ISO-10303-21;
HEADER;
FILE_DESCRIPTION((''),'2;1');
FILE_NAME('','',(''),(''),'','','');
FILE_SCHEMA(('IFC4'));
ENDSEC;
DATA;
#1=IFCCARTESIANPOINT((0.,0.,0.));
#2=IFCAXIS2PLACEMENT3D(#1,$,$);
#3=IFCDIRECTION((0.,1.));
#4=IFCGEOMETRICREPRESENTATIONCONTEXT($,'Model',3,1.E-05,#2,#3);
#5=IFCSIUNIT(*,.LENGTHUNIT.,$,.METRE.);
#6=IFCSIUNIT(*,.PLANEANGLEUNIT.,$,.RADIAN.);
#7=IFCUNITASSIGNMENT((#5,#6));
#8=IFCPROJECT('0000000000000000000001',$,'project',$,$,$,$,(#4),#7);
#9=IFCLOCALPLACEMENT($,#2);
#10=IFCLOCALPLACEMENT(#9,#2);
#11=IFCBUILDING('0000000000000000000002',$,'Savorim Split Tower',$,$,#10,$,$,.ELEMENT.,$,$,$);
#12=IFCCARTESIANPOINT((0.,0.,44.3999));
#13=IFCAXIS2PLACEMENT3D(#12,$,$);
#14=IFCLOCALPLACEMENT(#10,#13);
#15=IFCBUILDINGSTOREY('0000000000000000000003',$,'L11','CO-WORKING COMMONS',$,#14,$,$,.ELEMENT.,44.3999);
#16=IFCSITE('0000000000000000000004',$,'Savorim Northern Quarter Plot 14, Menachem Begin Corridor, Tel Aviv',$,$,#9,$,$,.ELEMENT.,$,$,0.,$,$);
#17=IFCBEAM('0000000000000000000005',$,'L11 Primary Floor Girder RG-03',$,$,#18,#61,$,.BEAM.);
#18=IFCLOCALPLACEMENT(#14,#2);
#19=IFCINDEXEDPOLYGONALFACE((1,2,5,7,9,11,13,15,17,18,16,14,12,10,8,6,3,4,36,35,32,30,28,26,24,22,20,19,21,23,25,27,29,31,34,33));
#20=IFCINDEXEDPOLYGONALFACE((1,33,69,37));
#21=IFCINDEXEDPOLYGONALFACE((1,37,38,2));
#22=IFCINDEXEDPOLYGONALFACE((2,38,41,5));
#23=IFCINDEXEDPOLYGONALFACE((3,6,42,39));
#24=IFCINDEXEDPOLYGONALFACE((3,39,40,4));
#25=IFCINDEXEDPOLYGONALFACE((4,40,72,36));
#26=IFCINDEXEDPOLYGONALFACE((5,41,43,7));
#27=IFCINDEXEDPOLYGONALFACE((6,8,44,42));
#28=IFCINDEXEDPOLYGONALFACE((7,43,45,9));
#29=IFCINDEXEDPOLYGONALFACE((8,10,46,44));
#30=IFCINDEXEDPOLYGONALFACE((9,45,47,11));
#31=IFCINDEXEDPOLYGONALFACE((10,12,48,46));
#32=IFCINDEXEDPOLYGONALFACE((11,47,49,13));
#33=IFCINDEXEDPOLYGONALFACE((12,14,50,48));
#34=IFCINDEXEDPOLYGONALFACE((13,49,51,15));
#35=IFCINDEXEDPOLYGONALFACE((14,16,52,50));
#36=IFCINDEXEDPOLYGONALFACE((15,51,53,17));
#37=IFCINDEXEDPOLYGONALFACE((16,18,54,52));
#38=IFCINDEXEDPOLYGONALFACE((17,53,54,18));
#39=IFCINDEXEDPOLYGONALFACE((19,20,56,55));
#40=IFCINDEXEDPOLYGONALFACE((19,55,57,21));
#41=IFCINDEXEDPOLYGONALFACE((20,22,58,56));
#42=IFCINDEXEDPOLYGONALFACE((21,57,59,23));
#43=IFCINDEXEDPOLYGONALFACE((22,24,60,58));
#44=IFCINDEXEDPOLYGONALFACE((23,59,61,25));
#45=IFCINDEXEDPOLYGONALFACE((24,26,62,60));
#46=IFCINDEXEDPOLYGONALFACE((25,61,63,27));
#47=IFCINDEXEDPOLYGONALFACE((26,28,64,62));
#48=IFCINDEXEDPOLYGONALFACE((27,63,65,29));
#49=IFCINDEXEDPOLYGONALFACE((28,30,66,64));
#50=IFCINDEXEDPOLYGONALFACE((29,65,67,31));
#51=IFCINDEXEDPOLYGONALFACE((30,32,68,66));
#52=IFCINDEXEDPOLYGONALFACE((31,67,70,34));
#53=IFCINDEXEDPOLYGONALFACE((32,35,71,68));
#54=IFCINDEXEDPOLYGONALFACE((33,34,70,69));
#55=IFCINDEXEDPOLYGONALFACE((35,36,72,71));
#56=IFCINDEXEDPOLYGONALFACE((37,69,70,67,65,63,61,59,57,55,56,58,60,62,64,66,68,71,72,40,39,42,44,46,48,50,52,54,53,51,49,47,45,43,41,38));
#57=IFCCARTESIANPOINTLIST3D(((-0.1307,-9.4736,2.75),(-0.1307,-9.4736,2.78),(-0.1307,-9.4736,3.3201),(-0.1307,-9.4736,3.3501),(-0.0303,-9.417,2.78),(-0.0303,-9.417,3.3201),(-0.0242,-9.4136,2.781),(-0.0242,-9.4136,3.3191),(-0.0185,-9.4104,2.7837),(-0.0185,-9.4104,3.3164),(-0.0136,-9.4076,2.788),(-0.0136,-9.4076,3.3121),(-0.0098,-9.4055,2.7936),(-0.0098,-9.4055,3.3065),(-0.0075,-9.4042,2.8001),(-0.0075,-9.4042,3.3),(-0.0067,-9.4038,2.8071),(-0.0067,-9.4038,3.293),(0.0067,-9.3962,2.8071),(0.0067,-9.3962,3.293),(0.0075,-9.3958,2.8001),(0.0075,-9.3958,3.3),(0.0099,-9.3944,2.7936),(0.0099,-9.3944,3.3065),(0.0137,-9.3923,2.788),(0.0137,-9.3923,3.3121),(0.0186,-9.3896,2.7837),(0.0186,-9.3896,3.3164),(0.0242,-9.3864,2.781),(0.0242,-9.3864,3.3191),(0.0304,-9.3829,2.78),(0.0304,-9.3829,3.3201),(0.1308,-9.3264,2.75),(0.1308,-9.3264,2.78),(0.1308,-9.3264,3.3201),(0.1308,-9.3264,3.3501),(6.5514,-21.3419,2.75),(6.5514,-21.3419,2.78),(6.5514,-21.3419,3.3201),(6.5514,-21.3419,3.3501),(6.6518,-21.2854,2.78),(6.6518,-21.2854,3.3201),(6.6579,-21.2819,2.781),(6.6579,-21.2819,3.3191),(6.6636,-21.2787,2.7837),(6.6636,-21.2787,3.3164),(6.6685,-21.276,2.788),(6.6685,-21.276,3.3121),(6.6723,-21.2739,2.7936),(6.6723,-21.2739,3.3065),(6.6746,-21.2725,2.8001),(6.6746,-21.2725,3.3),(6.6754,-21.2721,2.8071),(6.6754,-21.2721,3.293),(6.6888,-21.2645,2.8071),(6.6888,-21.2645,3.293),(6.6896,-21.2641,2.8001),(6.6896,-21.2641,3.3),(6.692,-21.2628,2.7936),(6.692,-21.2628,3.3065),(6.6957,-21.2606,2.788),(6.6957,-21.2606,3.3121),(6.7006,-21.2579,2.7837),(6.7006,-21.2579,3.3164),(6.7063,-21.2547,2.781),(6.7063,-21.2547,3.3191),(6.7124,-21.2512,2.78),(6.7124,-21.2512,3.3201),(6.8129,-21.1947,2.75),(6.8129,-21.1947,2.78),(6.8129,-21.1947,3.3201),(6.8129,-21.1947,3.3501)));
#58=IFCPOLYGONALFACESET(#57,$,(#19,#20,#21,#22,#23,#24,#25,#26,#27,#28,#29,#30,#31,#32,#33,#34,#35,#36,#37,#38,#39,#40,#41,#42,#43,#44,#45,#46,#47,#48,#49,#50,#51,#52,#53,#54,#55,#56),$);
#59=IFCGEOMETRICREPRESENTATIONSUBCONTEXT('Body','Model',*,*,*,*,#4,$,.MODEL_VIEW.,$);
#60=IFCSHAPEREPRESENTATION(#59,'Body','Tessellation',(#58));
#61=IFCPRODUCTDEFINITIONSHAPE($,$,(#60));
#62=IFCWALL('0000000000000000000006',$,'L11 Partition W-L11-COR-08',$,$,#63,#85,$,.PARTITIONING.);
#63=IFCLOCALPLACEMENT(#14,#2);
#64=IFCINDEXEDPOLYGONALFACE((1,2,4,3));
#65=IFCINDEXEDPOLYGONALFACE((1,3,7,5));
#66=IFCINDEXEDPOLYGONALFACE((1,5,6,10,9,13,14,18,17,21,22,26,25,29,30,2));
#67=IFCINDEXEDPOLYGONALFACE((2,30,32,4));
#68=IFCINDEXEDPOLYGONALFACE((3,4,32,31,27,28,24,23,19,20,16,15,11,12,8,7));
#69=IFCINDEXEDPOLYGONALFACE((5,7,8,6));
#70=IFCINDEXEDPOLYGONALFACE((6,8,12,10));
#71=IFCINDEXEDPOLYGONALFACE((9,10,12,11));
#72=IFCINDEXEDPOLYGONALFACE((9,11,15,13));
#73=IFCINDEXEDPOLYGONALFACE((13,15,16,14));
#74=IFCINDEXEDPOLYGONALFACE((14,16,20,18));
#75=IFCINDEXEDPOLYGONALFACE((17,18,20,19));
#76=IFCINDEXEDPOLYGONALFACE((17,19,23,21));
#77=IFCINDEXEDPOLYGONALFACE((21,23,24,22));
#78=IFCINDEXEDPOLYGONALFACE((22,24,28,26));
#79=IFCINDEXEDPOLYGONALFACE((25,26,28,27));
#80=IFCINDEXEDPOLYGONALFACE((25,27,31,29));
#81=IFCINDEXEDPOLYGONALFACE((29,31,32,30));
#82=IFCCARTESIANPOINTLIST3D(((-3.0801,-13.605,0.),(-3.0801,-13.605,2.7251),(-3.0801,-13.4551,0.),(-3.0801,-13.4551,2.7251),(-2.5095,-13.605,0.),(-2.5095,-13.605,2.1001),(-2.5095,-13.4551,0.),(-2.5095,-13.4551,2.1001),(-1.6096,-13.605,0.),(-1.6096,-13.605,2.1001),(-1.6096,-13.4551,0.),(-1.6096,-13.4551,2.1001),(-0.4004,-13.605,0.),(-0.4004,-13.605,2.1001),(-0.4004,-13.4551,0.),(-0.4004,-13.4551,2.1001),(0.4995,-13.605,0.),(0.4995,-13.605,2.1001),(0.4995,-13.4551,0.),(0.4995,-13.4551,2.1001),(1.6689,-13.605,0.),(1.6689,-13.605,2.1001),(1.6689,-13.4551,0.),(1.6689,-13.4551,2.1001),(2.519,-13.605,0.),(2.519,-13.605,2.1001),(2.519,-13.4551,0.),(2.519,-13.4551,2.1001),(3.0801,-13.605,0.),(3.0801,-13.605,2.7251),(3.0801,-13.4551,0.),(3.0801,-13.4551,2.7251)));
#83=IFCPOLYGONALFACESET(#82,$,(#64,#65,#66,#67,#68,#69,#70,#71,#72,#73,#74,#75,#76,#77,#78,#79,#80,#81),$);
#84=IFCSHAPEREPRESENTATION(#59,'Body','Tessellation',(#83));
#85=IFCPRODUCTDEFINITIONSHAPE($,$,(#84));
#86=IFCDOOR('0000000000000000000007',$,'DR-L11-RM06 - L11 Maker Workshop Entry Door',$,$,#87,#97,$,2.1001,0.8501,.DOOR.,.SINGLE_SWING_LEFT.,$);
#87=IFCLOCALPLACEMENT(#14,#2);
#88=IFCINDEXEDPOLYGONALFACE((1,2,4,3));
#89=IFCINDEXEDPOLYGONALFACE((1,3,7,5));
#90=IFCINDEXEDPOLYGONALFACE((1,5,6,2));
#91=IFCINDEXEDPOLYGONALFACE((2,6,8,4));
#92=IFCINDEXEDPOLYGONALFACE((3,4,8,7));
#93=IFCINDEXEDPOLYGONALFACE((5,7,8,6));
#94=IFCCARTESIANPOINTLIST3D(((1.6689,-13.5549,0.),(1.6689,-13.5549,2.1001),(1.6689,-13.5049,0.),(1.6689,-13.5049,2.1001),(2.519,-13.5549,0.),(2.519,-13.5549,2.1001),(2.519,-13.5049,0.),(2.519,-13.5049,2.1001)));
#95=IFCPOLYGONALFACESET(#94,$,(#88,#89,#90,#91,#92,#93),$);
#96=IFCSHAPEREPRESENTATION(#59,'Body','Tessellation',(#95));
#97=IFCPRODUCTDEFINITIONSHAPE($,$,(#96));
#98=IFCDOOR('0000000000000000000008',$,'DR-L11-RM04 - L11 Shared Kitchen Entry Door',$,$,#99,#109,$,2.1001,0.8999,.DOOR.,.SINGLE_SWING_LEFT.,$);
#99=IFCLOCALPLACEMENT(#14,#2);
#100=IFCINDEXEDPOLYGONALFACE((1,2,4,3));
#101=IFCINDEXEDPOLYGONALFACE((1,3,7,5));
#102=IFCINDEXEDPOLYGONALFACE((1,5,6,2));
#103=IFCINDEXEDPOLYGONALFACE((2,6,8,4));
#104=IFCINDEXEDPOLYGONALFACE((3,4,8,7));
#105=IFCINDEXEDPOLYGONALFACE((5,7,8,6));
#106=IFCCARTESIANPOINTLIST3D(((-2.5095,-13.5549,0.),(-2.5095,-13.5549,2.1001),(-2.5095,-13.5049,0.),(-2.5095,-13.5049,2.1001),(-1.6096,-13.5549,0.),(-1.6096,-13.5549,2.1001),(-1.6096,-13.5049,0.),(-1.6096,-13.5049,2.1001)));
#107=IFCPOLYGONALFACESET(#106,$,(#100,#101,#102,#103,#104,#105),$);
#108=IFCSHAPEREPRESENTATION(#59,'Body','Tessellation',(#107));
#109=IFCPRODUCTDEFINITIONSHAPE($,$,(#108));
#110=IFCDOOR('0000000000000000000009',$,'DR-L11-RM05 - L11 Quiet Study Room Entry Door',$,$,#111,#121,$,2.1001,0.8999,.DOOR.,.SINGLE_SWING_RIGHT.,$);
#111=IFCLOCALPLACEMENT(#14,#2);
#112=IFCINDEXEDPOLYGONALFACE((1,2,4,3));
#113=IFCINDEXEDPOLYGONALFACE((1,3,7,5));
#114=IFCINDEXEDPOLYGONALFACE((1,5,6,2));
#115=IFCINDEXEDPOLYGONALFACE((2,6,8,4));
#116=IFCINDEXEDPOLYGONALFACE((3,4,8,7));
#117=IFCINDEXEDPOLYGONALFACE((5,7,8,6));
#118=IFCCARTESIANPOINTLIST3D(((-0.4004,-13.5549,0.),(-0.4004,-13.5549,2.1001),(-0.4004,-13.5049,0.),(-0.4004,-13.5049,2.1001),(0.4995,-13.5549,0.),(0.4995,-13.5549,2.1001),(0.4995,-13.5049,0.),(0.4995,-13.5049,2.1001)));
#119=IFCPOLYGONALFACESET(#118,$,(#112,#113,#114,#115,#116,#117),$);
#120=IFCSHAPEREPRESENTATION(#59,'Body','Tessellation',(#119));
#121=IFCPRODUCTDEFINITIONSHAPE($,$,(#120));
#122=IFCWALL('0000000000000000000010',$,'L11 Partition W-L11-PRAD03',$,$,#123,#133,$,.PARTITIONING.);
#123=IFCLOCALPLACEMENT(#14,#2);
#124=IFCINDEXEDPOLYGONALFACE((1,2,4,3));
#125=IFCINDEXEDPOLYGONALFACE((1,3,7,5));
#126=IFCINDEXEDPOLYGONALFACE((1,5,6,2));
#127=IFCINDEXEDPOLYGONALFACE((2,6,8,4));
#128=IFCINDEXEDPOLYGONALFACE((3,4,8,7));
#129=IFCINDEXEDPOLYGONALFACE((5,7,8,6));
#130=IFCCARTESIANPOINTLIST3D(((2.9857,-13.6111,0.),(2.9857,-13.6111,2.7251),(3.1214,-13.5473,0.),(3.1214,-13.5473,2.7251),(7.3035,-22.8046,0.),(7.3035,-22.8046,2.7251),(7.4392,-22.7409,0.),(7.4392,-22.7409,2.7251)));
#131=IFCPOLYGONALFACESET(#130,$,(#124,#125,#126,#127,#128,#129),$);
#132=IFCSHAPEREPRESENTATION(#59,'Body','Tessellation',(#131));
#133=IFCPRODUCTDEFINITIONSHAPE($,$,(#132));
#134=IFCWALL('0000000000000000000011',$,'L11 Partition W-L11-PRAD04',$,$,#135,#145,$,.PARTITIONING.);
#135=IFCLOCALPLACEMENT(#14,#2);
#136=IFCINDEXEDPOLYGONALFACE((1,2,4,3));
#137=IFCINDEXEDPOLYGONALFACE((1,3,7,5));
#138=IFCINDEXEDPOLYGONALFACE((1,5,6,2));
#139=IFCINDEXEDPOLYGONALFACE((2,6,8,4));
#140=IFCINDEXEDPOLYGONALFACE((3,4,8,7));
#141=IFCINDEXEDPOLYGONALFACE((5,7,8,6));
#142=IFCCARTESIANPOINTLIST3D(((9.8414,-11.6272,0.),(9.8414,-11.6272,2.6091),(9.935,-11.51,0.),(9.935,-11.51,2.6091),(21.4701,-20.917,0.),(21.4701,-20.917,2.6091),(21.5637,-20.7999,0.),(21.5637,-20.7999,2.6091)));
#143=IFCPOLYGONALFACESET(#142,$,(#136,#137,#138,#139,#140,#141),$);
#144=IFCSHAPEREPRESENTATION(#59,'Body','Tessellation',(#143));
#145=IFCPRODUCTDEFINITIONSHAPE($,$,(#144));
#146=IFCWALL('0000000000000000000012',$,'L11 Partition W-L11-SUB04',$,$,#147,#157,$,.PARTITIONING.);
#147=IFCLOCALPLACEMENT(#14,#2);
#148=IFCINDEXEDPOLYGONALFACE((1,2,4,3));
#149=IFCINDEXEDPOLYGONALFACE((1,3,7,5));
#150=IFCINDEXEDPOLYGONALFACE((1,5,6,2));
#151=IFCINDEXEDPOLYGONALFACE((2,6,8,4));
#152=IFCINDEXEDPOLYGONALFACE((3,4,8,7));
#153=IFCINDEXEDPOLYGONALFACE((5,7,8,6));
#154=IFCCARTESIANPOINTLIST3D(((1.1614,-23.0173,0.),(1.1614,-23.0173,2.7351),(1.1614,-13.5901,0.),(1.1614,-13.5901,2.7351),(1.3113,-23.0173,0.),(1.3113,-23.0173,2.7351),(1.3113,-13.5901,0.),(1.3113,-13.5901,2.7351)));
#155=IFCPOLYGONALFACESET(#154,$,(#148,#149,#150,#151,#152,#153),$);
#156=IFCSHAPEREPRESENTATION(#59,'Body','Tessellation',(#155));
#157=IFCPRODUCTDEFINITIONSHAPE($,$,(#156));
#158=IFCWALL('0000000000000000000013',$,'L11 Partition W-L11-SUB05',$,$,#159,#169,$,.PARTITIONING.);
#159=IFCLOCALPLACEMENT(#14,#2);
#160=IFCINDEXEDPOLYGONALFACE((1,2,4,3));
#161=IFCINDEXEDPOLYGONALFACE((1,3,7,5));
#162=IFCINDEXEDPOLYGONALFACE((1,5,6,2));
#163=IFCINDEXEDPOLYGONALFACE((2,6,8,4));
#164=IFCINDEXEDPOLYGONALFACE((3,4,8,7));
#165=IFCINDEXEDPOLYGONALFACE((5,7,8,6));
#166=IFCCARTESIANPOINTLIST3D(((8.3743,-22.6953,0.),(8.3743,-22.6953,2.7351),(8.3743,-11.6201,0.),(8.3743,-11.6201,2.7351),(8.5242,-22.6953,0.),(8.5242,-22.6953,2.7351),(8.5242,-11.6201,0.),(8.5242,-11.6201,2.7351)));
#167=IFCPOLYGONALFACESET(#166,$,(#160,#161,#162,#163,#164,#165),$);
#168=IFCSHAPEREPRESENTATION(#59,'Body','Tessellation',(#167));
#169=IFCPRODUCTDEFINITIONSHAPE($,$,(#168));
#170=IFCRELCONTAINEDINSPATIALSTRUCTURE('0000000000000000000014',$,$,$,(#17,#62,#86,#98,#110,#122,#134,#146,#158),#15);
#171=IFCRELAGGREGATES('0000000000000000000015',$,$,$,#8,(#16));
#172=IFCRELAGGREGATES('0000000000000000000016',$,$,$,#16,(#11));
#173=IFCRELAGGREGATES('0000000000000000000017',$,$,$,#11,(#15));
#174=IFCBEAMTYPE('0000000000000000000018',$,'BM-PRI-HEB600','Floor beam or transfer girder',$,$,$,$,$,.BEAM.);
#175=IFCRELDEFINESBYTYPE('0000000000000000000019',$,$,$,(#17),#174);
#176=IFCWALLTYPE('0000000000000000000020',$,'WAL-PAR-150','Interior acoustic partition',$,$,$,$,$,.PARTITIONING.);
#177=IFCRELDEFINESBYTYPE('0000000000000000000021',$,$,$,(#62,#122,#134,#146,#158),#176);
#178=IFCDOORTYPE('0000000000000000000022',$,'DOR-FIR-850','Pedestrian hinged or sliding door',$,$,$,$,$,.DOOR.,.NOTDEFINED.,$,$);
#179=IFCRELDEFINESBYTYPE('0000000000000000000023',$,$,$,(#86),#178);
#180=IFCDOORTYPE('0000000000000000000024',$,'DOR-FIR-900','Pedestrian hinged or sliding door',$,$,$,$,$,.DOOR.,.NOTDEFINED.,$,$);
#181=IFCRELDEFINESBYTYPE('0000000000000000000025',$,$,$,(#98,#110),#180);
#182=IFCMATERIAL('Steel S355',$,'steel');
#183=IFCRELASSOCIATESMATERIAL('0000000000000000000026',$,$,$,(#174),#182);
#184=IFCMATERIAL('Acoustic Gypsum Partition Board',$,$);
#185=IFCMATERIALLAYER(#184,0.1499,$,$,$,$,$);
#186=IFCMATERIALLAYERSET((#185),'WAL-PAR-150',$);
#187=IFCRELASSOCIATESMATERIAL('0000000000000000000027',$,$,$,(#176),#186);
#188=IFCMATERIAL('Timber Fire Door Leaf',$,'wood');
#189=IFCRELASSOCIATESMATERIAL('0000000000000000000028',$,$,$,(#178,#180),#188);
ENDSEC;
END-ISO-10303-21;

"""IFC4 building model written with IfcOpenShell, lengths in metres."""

from ifc_helpers import new_model, si_unit, direction, frame, frame_2d, origin, origin_2d, place, context, subcontext, project, spatial, rectangle, i_section, extrude, material, layer, layer_set, material_profile, profile_set, type_object, element, fill, save


model = new_model("IFC4")

# Units and contexts
model_context = context("Model", 3, precision=1e-05, world=origin(), true_north=direction((0.0, 1.0)))
body_context = subcontext(model_context, "Body", "Model", "MODEL_VIEW")
ifc_project = project(units=[si_unit("LENGTHUNIT", "METRE"), si_unit("PLANEANGLEUNIT", "RADIAN")], contexts=[model_context])

# Site, building, storey
site_placement = place(None, origin())
site = spatial("IfcSite", under=ifc_project, at=site_placement, Name="Savorim Northern Quarter Plot 14, Menachem Begin Corridor, Tel Aviv", CompositionType="ELEMENT", RefElevation=0.0)
building_placement = place(site_placement, origin())
building = spatial("IfcBuilding", under=site, at=building_placement, Name="Savorim Split Tower", CompositionType="ELEMENT")
storey_placement = place(building_placement, frame((0.0, 0.0, 44.3999)))
storey = spatial("IfcBuildingStorey", under=building, at=storey_placement, Name="L11", Description="CO-WORKING COMMONS", CompositionType="ELEMENT", Elevation=44.3999)

# Beam
ifc_material_1 = material(Name="Steel S355", Category="steel")
ifc_material_profile_1 = material_profile(ifc_material_1, i_section(OverallWidth=0.3, OverallDepth=0.6001, WebThickness=0.0154, FlangeThickness=0.03, FilletRadius=0.0271, at=origin_2d()), Name="HEB 600")
ifc_profile_set_1 = profile_set([ifc_material_profile_1], Name="Steel S355")
beam_type_1 = type_object("IfcBeamType", Name="BM-PRI-HEB600", Description="Floor beam or transfer girder", PredefinedType="BEAM", material=ifc_profile_set_1)
beam_1_placement = place(storey_placement, frame((6.6821, -21.2683, 3.05), z_axis=(-0.490604, 0.871383, 0.0), x_axis=(-0.871383, -0.490604, 0.0)))
element("IfcBeam", 1, at=beam_1_placement, inside=storey, type_object=beam_type_1, Name="L11 Primary Floor Girder RG-03", PredefinedType="BEAM", context=body_context, shape_type="SweptSolid", body=[
    extrude(i_section(OverallWidth=0.3, OverallDepth=0.6001, WebThickness=0.0154, FlangeThickness=0.03, FilletRadius=0.0271, at=origin_2d()), origin(), (0.0, 0.0, 1.0), 13.6201),
])

# Wall, openings, doors
ifc_material_2 = material(Name="Acoustic Gypsum Partition Board")
ifc_layer = layer(ifc_material_2, 0.1499)
ifc_layer_set = layer_set([ifc_layer], Name="WAL-PAR-150")
wall_type = type_object("IfcWallType", Name="WAL-PAR-150", Description="Interior acoustic partition", PredefinedType="PARTITIONING", material=ifc_layer_set)
wall_1_placement = place(storey_placement, frame((3.0801, -13.53, 0.0), z_axis=(0.0, 0.0, 1.0), x_axis=(-1.0, 0.0, 0.0)))
wall_1 = element("IfcWall", 2, at=wall_1_placement, inside=storey, type_object=wall_type, Name="L11 Partition W-L11-COR-08", PredefinedType="PARTITIONING", context=body_context, shape_type="SweptSolid", body=[
    extrude(rectangle(XDim=6.1602, YDim=0.1499, at=frame_2d((3.0801, 0.0))), origin(), (0.0, 0.0, 1.0), 2.7251),
])
opening_1_placement = place(wall_1_placement, frame((4.6897, 0.0, 0.0)))
opening_1 = element("IfcOpeningElement", 3, at=opening_1_placement, cuts=wall_1, PredefinedType="OPENING", context=body_context, shape_type="SweptSolid", body=[
    extrude(rectangle(XDim=0.8999, YDim=2.1001, at=frame_2d((0.45, 1.05))), frame((0.0, 0.085, 0.0), z_axis=(0.0, -1.0, 0.0), x_axis=(1.0, 0.0, 0.0)), (0.0, 0.0, 1.0), 0.1699),
])
opening_2_placement = place(wall_1_placement, frame((2.5806, 0.0, 0.0)))
opening_2 = element("IfcOpeningElement", 4, at=opening_2_placement, cuts=wall_1, PredefinedType="OPENING", context=body_context, shape_type="SweptSolid", body=[
    extrude(rectangle(XDim=0.8999, YDim=2.1001, at=frame_2d((0.45, 1.05))), frame((0.0, 0.085, 0.0), z_axis=(0.0, -1.0, 0.0), x_axis=(1.0, 0.0, 0.0)), (0.0, 0.0, 1.0), 0.1699),
])
opening_3_placement = place(wall_1_placement, frame((0.561, 0.0, 0.0)))
opening_3 = element("IfcOpeningElement", 5, at=opening_3_placement, cuts=wall_1, PredefinedType="OPENING", context=body_context, shape_type="SweptSolid", body=[
    extrude(rectangle(XDim=0.8501, YDim=2.1001, at=frame_2d((0.425, 1.05))), frame((0.0, 0.085, 0.0), z_axis=(0.0, -1.0, 0.0), x_axis=(1.0, 0.0, 0.0)), (0.0, 0.0, 1.0), 0.1699),
])
ifc_material_3 = material(Name="Timber Fire Door Leaf", Category="wood")
door_type_1 = type_object("IfcDoorType", Name="DOR-FIR-850", Description="Pedestrian hinged or sliding door", OperationType="NOTDEFINED", PredefinedType="DOOR", material=ifc_material_3)
door_1_placement = place(opening_3_placement, origin())
door_1 = element("IfcDoor", 6, at=door_1_placement, inside=storey, type_object=door_type_1, Name="DR-L11-RM06 - L11 Maker Workshop Entry Door", OperationType="SINGLE_SWING_LEFT", OverallHeight=2.1001, OverallWidth=0.8501, PredefinedType="DOOR", context=body_context, shape_type="SweptSolid", body=[
    extrude(rectangle(XDim=0.8501, YDim=2.1001, at=frame_2d((0.425, 1.05))), frame((0.0, 0.0249, 0.0), z_axis=(0.0, -1.0, 0.0), x_axis=(1.0, 0.0, 0.0)), (0.0, 0.0, 1.0), 0.05),
])
fill(opening_3, door_1)
door_type_2 = type_object("IfcDoorType", Name="DOR-FIR-900", Description="Pedestrian hinged or sliding door", OperationType="NOTDEFINED", PredefinedType="DOOR", material=ifc_material_3)
door_2_placement = place(opening_1_placement, origin())
door_2 = element("IfcDoor", 7, at=door_2_placement, inside=storey, type_object=door_type_2, Name="DR-L11-RM04 - L11 Shared Kitchen Entry Door", OperationType="SINGLE_SWING_LEFT", OverallHeight=2.1001, OverallWidth=0.8999, PredefinedType="DOOR", context=body_context, shape_type="SweptSolid", body=[
    extrude(rectangle(XDim=0.8999, YDim=2.1001, at=frame_2d((0.45, 1.05))), frame((0.0, 0.0249, 0.0), z_axis=(0.0, -1.0, 0.0), x_axis=(1.0, 0.0, 0.0)), (0.0, 0.0, 1.0), 0.05),
])
fill(opening_1, door_2)
door_3_placement = place(opening_2_placement, origin())
door_3 = element("IfcDoor", 8, at=door_3_placement, inside=storey, type_object=door_type_2, Name="DR-L11-RM05 - L11 Quiet Study Room Entry Door", OperationType="SINGLE_SWING_RIGHT", OverallHeight=2.1001, OverallWidth=0.8999, PredefinedType="DOOR", context=body_context, shape_type="SweptSolid", body=[
    extrude(rectangle(XDim=0.8999, YDim=2.1001, at=frame_2d((0.45, 1.05))), frame((0.0, 0.0249, 0.0), z_axis=(0.0, -1.0, 0.0), x_axis=(1.0, 0.0, 0.0)), (0.0, 0.0, 1.0), 0.05),
])
fill(opening_2, door_3)

# Walls
wall_2_placement = place(storey_placement, frame((3.0535, -13.5791, 0.0), z_axis=(0.0, 0.0, 1.0), x_axis=(0.425109, -0.905142, 0.0)))
element("IfcWall", 9, at=wall_2_placement, inside=storey, type_object=wall_type, Name="L11 Partition W-L11-PRAD03", PredefinedType="PARTITIONING", context=body_context, shape_type="SweptSolid", body=[
    extrude(rectangle(XDim=10.157, YDim=0.1499, at=frame_2d((5.0786, 0.0))), origin(), (0.0, 0.0, 1.0), 2.7251),
])
wall_3_placement = place(storey_placement, frame((9.8882, -11.5686, 0.0), z_axis=(0.0, 0.0, 1.0), x_axis=(0.781299, -0.624157, 0.0)))
element("IfcWall", 10, at=wall_3_placement, inside=storey, type_object=wall_type, Name="L11 Partition W-L11-PRAD04", PredefinedType="PARTITIONING", context=body_context, shape_type="SweptSolid", body=[
    extrude(rectangle(XDim=14.8838, YDim=0.1499, at=frame_2d((7.4419, 0.0))), origin(), (0.0, 0.0, 1.0), 2.6091),
])
wall_4_placement = place(storey_placement, frame((1.2363, -13.5901, 0.0), z_axis=(0.0, 0.0, 1.0), x_axis=(0.0, -1.0, 0.0)))
element("IfcWall", 11, at=wall_4_placement, inside=storey, type_object=wall_type, Name="L11 Partition W-L11-SUB04", PredefinedType="PARTITIONING", context=body_context, shape_type="SweptSolid", body=[
    extrude(rectangle(XDim=9.4272, YDim=0.1499, at=frame_2d((4.7136, 0.0))), origin(), (0.0, 0.0, 1.0), 2.7351),
])
wall_5_placement = place(storey_placement, frame((8.4492, -11.6201, 0.0), z_axis=(0.0, 0.0, 1.0), x_axis=(0.0, -1.0, 0.0)))
element("IfcWall", 12, at=wall_5_placement, inside=storey, type_object=wall_type, Name="L11 Partition W-L11-SUB05", PredefinedType="PARTITIONING", context=body_context, shape_type="SweptSolid", body=[
    extrude(rectangle(XDim=11.0752, YDim=0.1499, at=frame_2d((5.5376, 0.0))), origin(), (0.0, 0.0, 1.0), 2.7351),
])

save(model, "model.ifc")
